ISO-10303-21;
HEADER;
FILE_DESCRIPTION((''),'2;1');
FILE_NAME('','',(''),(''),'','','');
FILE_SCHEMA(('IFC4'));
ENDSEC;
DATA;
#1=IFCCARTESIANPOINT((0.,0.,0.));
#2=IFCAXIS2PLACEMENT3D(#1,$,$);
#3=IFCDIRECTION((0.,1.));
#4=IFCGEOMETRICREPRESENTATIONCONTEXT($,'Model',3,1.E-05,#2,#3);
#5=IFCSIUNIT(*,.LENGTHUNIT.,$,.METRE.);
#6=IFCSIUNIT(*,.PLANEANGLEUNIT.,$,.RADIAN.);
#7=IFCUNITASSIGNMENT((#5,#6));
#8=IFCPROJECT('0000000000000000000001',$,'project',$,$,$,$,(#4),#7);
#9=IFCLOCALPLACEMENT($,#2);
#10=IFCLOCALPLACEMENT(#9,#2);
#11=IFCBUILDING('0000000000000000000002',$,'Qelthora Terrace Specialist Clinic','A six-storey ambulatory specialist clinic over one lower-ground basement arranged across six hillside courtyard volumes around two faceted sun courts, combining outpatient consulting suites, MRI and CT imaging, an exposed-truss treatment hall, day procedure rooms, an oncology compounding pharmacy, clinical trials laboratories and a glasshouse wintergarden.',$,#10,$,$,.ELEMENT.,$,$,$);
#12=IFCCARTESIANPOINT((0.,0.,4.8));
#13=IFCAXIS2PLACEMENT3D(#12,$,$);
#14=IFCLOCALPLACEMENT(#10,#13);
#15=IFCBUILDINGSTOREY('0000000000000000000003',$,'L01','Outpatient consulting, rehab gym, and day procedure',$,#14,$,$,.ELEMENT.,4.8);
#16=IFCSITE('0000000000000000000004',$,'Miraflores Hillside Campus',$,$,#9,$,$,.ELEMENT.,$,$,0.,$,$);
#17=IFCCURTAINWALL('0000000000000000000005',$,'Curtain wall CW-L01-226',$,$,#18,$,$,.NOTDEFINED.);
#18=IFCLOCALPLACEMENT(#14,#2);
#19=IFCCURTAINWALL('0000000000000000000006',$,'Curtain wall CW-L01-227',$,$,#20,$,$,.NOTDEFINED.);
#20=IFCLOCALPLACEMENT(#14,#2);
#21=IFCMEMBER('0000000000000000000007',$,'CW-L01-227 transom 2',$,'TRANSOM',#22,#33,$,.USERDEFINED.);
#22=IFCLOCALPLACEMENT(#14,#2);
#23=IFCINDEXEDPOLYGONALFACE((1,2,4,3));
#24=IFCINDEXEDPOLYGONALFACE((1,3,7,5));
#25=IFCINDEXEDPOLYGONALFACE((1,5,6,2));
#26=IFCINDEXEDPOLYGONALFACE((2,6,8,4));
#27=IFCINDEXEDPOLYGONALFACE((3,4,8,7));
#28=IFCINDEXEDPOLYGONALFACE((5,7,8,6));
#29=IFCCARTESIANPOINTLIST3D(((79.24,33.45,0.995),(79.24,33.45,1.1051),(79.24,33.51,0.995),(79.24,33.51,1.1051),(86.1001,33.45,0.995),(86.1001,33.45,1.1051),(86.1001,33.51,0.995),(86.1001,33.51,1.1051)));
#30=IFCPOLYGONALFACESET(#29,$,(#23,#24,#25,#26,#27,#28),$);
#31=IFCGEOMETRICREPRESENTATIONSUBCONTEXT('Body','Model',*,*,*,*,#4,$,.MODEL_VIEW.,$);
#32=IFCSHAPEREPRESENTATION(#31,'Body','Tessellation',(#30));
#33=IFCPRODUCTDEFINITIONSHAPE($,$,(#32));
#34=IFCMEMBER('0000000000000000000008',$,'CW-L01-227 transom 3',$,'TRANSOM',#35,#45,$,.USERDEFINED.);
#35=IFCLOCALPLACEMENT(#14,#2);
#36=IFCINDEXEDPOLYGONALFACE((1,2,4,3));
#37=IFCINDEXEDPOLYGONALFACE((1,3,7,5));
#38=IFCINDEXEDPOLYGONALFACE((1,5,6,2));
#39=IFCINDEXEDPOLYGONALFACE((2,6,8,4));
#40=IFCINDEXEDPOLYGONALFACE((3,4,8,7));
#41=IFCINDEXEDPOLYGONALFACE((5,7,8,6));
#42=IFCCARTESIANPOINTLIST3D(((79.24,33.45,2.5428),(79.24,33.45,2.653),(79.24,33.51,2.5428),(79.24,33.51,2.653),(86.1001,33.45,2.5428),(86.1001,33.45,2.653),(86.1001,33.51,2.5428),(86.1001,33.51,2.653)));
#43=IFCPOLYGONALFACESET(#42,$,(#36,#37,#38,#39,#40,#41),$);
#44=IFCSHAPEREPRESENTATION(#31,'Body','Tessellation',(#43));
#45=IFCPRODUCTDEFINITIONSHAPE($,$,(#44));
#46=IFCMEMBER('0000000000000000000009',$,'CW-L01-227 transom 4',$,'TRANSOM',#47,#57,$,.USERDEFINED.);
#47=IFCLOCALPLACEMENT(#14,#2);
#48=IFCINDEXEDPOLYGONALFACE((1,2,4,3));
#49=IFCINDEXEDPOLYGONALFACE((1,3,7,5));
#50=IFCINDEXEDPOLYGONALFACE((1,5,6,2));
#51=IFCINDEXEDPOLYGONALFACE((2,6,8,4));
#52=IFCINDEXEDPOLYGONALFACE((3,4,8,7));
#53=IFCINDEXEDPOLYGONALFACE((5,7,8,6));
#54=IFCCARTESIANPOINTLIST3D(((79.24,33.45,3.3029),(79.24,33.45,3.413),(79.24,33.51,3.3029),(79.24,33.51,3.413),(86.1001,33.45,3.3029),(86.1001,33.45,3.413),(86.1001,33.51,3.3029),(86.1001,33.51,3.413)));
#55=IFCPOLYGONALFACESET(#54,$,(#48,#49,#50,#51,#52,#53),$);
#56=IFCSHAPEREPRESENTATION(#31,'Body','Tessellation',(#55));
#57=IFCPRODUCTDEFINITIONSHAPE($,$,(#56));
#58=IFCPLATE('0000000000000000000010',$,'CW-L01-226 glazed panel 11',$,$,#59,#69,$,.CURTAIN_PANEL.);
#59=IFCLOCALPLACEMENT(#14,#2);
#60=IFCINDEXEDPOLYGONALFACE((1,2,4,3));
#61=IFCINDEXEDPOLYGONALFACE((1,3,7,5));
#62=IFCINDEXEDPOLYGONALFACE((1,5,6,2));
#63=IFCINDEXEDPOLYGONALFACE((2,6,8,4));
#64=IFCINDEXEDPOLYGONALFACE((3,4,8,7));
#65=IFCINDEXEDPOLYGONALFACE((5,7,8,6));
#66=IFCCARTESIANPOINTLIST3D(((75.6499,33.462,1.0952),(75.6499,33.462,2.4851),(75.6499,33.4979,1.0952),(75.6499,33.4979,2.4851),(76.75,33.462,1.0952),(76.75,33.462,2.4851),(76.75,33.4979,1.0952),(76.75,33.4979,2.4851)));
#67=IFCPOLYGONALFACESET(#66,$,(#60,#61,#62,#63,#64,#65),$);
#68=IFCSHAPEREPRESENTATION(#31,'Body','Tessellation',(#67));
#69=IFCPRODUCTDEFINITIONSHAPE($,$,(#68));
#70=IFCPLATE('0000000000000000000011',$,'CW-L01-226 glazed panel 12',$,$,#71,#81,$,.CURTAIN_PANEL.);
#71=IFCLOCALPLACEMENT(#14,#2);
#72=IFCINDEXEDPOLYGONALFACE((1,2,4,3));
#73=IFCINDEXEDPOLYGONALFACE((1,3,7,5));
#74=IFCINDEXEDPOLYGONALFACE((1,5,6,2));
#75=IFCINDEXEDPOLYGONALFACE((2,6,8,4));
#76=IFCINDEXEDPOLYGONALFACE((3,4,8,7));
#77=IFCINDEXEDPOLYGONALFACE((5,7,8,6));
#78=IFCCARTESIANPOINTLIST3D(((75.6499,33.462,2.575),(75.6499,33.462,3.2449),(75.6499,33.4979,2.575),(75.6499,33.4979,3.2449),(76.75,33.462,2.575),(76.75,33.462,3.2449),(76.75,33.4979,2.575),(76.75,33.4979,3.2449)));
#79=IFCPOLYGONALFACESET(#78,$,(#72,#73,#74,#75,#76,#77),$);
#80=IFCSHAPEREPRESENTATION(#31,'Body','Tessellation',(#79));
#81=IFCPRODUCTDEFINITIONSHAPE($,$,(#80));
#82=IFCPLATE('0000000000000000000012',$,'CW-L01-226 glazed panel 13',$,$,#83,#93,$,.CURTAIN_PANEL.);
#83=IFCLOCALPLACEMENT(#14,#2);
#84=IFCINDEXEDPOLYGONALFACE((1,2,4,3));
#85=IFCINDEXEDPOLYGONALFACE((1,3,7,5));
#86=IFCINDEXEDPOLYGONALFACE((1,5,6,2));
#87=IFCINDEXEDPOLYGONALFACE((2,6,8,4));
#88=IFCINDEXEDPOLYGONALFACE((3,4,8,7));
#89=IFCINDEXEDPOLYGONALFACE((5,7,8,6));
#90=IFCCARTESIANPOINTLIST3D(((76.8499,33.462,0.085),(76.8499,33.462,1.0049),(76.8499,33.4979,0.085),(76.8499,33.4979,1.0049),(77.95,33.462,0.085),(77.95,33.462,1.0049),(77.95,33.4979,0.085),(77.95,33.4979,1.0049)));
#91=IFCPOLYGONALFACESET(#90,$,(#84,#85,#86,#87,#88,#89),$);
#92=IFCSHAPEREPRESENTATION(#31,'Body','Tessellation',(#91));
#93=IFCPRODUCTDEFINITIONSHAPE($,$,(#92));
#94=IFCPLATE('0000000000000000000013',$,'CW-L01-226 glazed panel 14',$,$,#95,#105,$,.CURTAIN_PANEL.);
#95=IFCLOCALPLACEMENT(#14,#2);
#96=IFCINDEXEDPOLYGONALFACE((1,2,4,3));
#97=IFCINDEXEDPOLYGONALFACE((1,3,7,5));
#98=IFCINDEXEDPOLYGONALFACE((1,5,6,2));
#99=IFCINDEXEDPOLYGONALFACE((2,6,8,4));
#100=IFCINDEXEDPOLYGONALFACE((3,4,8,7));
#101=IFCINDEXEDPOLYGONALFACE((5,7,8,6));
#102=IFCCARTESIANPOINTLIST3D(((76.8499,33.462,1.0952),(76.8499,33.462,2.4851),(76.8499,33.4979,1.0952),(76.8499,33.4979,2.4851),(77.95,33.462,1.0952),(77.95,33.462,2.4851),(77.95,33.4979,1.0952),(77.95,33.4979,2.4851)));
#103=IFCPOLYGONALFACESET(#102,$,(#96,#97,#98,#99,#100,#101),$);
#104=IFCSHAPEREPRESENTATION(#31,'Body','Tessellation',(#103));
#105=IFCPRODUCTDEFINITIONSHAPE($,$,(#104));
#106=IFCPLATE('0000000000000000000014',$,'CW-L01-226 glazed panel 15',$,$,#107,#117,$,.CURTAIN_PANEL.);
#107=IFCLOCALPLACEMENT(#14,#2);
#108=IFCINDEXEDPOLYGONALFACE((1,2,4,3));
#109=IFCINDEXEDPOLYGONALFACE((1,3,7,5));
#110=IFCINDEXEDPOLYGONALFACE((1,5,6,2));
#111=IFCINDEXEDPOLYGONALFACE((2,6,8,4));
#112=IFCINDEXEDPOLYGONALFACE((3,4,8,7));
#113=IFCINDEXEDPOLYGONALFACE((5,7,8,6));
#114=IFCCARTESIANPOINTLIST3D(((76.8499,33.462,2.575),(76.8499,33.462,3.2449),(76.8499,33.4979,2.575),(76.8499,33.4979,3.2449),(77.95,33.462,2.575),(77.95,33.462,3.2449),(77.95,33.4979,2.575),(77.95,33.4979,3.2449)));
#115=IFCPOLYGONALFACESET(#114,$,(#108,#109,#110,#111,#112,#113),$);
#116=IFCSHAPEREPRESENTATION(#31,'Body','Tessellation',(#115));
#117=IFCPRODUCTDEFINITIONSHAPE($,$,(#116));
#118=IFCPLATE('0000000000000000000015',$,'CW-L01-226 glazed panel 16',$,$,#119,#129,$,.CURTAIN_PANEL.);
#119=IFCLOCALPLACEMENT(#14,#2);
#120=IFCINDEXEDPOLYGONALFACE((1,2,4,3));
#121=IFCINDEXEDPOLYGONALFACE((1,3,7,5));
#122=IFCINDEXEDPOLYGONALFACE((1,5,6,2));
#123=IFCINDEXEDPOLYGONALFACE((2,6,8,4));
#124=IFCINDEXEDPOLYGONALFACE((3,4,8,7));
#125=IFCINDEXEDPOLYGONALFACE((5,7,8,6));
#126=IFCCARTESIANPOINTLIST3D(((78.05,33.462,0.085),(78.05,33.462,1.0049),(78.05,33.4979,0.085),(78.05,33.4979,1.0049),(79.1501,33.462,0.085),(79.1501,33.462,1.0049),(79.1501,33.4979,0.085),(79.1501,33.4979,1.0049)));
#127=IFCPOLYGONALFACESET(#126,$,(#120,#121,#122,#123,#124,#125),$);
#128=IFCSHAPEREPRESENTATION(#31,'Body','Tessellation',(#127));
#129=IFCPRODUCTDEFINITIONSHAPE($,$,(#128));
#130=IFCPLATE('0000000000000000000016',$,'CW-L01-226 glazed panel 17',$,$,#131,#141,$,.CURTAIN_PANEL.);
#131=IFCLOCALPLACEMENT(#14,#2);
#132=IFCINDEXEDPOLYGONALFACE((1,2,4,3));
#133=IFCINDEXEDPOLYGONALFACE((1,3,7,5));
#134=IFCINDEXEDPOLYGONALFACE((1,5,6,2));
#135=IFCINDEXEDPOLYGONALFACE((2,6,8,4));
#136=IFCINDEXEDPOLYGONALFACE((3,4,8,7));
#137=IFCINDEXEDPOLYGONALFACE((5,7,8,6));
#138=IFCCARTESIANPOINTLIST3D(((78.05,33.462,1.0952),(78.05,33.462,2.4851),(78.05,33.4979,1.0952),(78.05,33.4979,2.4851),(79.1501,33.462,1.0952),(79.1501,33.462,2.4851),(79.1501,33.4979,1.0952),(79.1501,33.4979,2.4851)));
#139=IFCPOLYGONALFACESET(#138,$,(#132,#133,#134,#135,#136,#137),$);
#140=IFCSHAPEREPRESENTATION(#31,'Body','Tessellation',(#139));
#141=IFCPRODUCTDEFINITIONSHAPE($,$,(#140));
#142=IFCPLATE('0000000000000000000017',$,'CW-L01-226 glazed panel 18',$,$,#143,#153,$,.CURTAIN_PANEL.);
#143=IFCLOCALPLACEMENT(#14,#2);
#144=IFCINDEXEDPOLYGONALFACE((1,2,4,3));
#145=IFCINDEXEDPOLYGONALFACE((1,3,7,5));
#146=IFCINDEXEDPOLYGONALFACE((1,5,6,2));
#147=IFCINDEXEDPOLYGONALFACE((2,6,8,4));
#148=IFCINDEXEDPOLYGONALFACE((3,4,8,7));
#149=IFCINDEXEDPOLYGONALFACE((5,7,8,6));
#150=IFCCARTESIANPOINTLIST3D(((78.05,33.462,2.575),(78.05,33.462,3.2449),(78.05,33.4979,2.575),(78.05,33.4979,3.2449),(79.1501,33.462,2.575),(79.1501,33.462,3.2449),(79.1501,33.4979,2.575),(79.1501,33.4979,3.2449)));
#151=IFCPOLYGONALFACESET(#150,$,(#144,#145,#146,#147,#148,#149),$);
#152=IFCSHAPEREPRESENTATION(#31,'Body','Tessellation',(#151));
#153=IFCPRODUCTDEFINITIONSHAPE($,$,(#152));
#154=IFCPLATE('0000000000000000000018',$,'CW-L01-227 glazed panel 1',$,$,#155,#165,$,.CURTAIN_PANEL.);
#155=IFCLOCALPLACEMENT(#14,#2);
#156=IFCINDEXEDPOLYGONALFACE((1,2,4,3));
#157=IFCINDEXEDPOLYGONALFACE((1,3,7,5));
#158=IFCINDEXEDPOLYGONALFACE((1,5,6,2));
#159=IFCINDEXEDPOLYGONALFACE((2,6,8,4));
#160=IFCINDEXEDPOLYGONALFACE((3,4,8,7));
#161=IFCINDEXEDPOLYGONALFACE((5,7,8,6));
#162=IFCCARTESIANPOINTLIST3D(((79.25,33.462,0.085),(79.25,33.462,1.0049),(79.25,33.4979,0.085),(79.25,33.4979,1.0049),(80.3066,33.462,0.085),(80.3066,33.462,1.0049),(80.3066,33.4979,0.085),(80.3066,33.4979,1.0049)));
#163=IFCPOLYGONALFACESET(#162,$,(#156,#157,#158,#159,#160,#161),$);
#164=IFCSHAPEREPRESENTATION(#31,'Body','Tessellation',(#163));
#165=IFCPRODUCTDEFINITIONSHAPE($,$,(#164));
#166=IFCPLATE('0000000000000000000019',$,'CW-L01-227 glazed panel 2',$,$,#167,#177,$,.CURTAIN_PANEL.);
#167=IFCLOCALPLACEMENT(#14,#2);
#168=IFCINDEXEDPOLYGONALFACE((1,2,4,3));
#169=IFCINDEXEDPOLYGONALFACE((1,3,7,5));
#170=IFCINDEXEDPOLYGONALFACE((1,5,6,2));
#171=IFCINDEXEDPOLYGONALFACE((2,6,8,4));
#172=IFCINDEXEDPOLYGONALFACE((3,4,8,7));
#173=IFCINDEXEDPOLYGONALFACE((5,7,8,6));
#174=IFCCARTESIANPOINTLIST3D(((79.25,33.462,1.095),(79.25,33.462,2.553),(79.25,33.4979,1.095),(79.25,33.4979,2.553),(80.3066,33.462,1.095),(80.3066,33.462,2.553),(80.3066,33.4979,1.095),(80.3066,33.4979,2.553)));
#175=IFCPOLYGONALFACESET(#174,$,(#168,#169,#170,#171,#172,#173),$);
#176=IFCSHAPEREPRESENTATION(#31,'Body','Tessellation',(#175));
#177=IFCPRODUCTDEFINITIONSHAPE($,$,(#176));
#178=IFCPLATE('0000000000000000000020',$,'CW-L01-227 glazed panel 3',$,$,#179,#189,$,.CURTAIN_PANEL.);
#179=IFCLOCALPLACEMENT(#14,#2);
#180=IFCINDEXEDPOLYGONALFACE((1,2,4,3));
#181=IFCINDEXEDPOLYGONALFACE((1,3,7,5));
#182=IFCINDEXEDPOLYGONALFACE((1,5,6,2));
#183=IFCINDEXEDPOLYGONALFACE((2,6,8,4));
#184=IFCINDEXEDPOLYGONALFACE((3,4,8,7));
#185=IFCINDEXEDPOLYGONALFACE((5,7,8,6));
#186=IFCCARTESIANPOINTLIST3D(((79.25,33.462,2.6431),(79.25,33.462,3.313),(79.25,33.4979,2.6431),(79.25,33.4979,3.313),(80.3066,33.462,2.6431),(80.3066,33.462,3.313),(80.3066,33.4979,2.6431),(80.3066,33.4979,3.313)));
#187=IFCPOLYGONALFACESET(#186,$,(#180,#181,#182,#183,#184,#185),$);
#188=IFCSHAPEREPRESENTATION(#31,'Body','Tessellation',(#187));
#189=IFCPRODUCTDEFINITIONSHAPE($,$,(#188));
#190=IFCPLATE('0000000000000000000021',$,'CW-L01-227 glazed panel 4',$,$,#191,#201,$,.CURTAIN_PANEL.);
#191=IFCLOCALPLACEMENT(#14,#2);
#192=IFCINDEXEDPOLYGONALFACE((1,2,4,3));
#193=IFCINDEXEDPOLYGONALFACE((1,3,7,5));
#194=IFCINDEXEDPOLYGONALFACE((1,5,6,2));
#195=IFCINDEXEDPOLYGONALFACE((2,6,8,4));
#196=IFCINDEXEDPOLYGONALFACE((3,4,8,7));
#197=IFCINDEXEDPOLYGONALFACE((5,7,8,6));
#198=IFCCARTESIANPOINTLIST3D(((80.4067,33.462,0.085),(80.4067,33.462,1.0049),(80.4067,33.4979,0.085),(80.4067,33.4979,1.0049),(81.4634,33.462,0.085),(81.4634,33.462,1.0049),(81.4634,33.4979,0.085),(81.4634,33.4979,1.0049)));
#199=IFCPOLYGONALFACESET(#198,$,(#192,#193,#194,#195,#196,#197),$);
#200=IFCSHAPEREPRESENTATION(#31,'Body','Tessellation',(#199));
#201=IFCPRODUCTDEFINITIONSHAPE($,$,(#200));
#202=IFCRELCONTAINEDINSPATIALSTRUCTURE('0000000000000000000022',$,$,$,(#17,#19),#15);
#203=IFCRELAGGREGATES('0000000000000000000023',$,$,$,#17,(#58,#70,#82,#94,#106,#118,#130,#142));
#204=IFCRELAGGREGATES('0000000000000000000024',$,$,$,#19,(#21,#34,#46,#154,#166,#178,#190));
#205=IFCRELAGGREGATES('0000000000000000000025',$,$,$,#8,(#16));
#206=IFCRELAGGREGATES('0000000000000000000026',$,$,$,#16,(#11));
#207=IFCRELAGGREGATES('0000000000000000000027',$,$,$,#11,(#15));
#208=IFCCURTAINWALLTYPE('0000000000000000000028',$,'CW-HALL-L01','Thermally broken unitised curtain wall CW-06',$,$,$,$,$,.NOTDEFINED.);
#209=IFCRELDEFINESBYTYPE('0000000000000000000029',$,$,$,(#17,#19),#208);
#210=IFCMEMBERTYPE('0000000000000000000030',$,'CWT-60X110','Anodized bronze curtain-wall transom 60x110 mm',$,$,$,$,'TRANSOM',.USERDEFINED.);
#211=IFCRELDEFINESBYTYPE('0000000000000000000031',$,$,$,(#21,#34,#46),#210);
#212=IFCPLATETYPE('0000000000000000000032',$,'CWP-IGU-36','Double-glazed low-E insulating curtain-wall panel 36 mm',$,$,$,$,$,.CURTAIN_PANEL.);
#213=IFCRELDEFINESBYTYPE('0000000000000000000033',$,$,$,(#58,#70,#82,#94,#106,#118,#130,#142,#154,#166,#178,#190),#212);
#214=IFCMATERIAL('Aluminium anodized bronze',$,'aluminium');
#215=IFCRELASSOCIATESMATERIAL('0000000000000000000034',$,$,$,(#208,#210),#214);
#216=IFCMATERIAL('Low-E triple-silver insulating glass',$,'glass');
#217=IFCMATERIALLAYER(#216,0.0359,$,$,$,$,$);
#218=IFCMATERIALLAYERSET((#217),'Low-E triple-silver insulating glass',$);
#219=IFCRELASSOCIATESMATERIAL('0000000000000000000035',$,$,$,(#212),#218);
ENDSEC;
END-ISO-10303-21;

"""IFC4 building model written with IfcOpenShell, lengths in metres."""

from ifc_helpers import new_model, si_unit, direction, frame, origin, origin_2d, place, context, subcontext, project, spatial, rectangle, extrude, material, layer, layer_set, material_profile, profile_set, type_object, element, aggregate, save


model = new_model("IFC4")

# Units and contexts
model_context = context("Model", 3, precision=1e-05, world=origin(), true_north=direction((0.0, 1.0)))
body_context = subcontext(model_context, "Body", "Model", "MODEL_VIEW")
ifc_project = project(units=[si_unit("LENGTHUNIT", "METRE"), si_unit("PLANEANGLEUNIT", "RADIAN")], contexts=[model_context])

# Site, building, storey
site_placement = place(None, origin())
site = spatial("IfcSite", under=ifc_project, at=site_placement, Name="Miraflores Hillside Campus", CompositionType="ELEMENT", RefElevation=0.0)
building_placement = place(site_placement, origin())
building = spatial("IfcBuilding", under=site, at=building_placement, Name="Qelthora Terrace Specialist Clinic", Description="A six-storey ambulatory specialist clinic over one lower-ground basement arranged across six hillside courtyard volumes around two faceted sun courts, combining outpatient consulting suites, MRI and CT imaging, an exposed-truss treatment hall, day procedure rooms, an oncology compounding pharmacy, clinical trials laboratories and a glasshouse wintergarden.", CompositionType="ELEMENT")
storey_placement = place(building_placement, frame((0.0, 0.0, 4.8)))
storey = spatial("IfcBuildingStorey", under=building, at=storey_placement, Name="L01", Description="Outpatient consulting, rehab gym, and day procedure", CompositionType="ELEMENT", Elevation=4.8)

# Curtain walls, members
ifc_material_1 = material(Name="Aluminium anodized bronze", Category="aluminium")
curtain_wall_type = type_object("IfcCurtainWallType", Name="CW-HALL-L01", Description="Thermally broken unitised curtain wall CW-06", PredefinedType="NOTDEFINED", material=ifc_material_1)
curtain_wall_1_placement = place(storey_placement, origin())
curtain_wall_1 = element("IfcCurtainWall", 1, at=curtain_wall_1_placement, inside=storey, type_object=curtain_wall_type, Name="Curtain wall CW-L01-226", PredefinedType="NOTDEFINED")
curtain_wall_2_placement = place(storey_placement, origin())
curtain_wall_2 = element("IfcCurtainWall", 2, at=curtain_wall_2_placement, inside=storey, type_object=curtain_wall_type, Name="Curtain wall CW-L01-227", PredefinedType="NOTDEFINED")
ifc_material_profile_1 = material_profile(ifc_material_1, rectangle(XDim=0.0601, YDim=0.1101, at=origin_2d()), Name="CWT60X110")
ifc_profile_set_1 = profile_set([ifc_material_profile_1], Name="Aluminium anodized bronze")
member_type_1 = type_object("IfcMemberType", Name="CWT-60X110", Description="Anodized bronze curtain-wall transom 60x110 mm", ElementType="TRANSOM", PredefinedType="USERDEFINED", material=ifc_profile_set_1)
member_1_placement = place(storey_placement, frame((79.24, 33.48, 1.05), z_axis=(1.0, 0.0, 0.0), x_axis=(0.0, 1.0, 0.0)))
member_1 = element("IfcMember", 3, at=member_1_placement, type_object=member_type_1, Name="CW-L01-227 transom 2", ObjectType="TRANSOM", PredefinedType="USERDEFINED", context=body_context, shape_type="SweptSolid", body=[
    extrude(rectangle(XDim=0.0601, YDim=0.1101, at=origin_2d()), origin(), (0.0, 0.0, 1.0), 6.8601),
])
member_2_placement = place(storey_placement, frame((79.24, 33.48, 2.5979), z_axis=(1.0, 0.0, 0.0), x_axis=(0.0, 1.0, 0.0)))
member_2 = element("IfcMember", 4, at=member_2_placement, type_object=member_type_1, Name="CW-L01-227 transom 3", ObjectType="TRANSOM", PredefinedType="USERDEFINED", context=body_context, shape_type="SweptSolid", body=[
    extrude(rectangle(XDim=0.0601, YDim=0.1101, at=origin_2d()), origin(), (0.0, 0.0, 1.0), 6.8601),
])
member_3_placement = place(storey_placement, frame((79.24, 33.48, 3.3579), z_axis=(1.0, 0.0, 0.0), x_axis=(0.0, 1.0, 0.0)))
member_3 = element("IfcMember", 5, at=member_3_placement, type_object=member_type_1, Name="CW-L01-227 transom 4", ObjectType="TRANSOM", PredefinedType="USERDEFINED", context=body_context, shape_type="SweptSolid", body=[
    extrude(rectangle(XDim=0.0601, YDim=0.1101, at=origin_2d()), origin(), (0.0, 0.0, 1.0), 6.8601),
])

# Plates
ifc_material_2 = material(Name="Low-E triple-silver insulating glass", Category="glass")
ifc_layer = layer(ifc_material_2, 0.0359)
ifc_layer_set = layer_set([ifc_layer], Name="Low-E triple-silver insulating glass")
plate_type = type_object("IfcPlateType", Name="CWP-IGU-36", Description="Double-glazed low-E insulating curtain-wall panel 36 mm", PredefinedType="CURTAIN_PANEL", material=ifc_layer_set)
plate_1_placement = place(storey_placement, frame((76.2, 33.48, 1.0952), z_axis=(0.0, 0.0, 1.0), x_axis=(1.0, 0.0, 0.0)))
plate_1 = element("IfcPlate", 6, at=plate_1_placement, type_object=plate_type, Name="CW-L01-226 glazed panel 11", PredefinedType="CURTAIN_PANEL", context=body_context, shape_type="SweptSolid", body=[
    extrude(rectangle(XDim=1.1001, YDim=0.0359, at=origin_2d()), origin(), (0.0, 0.0, 1.0), 1.3899),
])
plate_2_placement = place(storey_placement, frame((76.2, 33.48, 2.575), z_axis=(0.0, 0.0, 1.0), x_axis=(1.0, 0.0, 0.0)))
plate_2 = element("IfcPlate", 7, at=plate_2_placement, type_object=plate_type, Name="CW-L01-226 glazed panel 12", PredefinedType="CURTAIN_PANEL", context=body_context, shape_type="SweptSolid", body=[
    extrude(rectangle(XDim=1.1001, YDim=0.0359, at=origin_2d()), origin(), (0.0, 0.0, 1.0), 0.6699),
])
plate_3_placement = place(storey_placement, frame((77.3999, 33.48, 0.085), z_axis=(0.0, 0.0, 1.0), x_axis=(1.0, 0.0, 0.0)))
plate_3 = element("IfcPlate", 8, at=plate_3_placement, type_object=plate_type, Name="CW-L01-226 glazed panel 13", PredefinedType="CURTAIN_PANEL", context=body_context, shape_type="SweptSolid", body=[
    extrude(rectangle(XDim=1.1001, YDim=0.0359, at=origin_2d()), origin(), (0.0, 0.0, 1.0), 0.9199),
])
plate_4_placement = place(storey_placement, frame((77.3999, 33.48, 1.0952), z_axis=(0.0, 0.0, 1.0), x_axis=(1.0, 0.0, 0.0)))
plate_4 = element("IfcPlate", 9, at=plate_4_placement, type_object=plate_type, Name="CW-L01-226 glazed panel 14", PredefinedType="CURTAIN_PANEL", context=body_context, shape_type="SweptSolid", body=[
    extrude(rectangle(XDim=1.1001, YDim=0.0359, at=origin_2d()), origin(), (0.0, 0.0, 1.0), 1.3899),
])
plate_5_placement = place(storey_placement, frame((77.3999, 33.48, 2.575), z_axis=(0.0, 0.0, 1.0), x_axis=(1.0, 0.0, 0.0)))
plate_5 = element("IfcPlate", 10, at=plate_5_placement, type_object=plate_type, Name="CW-L01-226 glazed panel 15", PredefinedType="CURTAIN_PANEL", context=body_context, shape_type="SweptSolid", body=[
    extrude(rectangle(XDim=1.1001, YDim=0.0359, at=origin_2d()), origin(), (0.0, 0.0, 1.0), 0.6699),
])
plate_6_placement = place(storey_placement, frame((78.6001, 33.48, 0.085), z_axis=(0.0, 0.0, 1.0), x_axis=(1.0, 0.0, 0.0)))
plate_6 = element("IfcPlate", 11, at=plate_6_placement, type_object=plate_type, Name="CW-L01-226 glazed panel 16", PredefinedType="CURTAIN_PANEL", context=body_context, shape_type="SweptSolid", body=[
    extrude(rectangle(XDim=1.1001, YDim=0.0359, at=origin_2d()), origin(), (0.0, 0.0, 1.0), 0.9199),
])
plate_7_placement = place(storey_placement, frame((78.6001, 33.48, 1.0952), z_axis=(0.0, 0.0, 1.0), x_axis=(1.0, 0.0, 0.0)))
plate_7 = element("IfcPlate", 12, at=plate_7_placement, type_object=plate_type, Name="CW-L01-226 glazed panel 17", PredefinedType="CURTAIN_PANEL", context=body_context, shape_type="SweptSolid", body=[
    extrude(rectangle(XDim=1.1001, YDim=0.0359, at=origin_2d()), origin(), (0.0, 0.0, 1.0), 1.3899),
])
plate_8_placement = place(storey_placement, frame((78.6001, 33.48, 2.575), z_axis=(0.0, 0.0, 1.0), x_axis=(1.0, 0.0, 0.0)))
plate_8 = element("IfcPlate", 13, at=plate_8_placement, type_object=plate_type, Name="CW-L01-226 glazed panel 18", PredefinedType="CURTAIN_PANEL", context=body_context, shape_type="SweptSolid", body=[
    extrude(rectangle(XDim=1.1001, YDim=0.0359, at=origin_2d()), origin(), (0.0, 0.0, 1.0), 0.6699),
])
aggregate(curtain_wall_1, [plate_1, plate_2, plate_3, plate_4, plate_5, plate_6, plate_7, plate_8])
plate_9_placement = place(storey_placement, frame((79.7783, 33.48, 0.085), z_axis=(0.0, 0.0, 1.0), x_axis=(1.0, 0.0, 0.0)))
plate_9 = element("IfcPlate", 14, at=plate_9_placement, type_object=plate_type, Name="CW-L01-227 glazed panel 1", PredefinedType="CURTAIN_PANEL", context=body_context, shape_type="SweptSolid", body=[
    extrude(rectangle(XDim=1.0566, YDim=0.0359, at=origin_2d()), origin(), (0.0, 0.0, 1.0), 0.9199),
])
plate_10_placement = place(storey_placement, frame((79.7783, 33.48, 1.095), z_axis=(0.0, 0.0, 1.0), x_axis=(1.0, 0.0, 0.0)))
plate_10 = element("IfcPlate", 15, at=plate_10_placement, type_object=plate_type, Name="CW-L01-227 glazed panel 2", PredefinedType="CURTAIN_PANEL", context=body_context, shape_type="SweptSolid", body=[
    extrude(rectangle(XDim=1.0566, YDim=0.0359, at=origin_2d()), origin(), (0.0, 0.0, 1.0), 1.458),
])
plate_11_placement = place(storey_placement, frame((79.7783, 33.48, 2.6431), z_axis=(0.0, 0.0, 1.0), x_axis=(1.0, 0.0, 0.0)))
plate_11 = element("IfcPlate", 16, at=plate_11_placement, type_object=plate_type, Name="CW-L01-227 glazed panel 3", PredefinedType="CURTAIN_PANEL", context=body_context, shape_type="SweptSolid", body=[
    extrude(rectangle(XDim=1.0566, YDim=0.0359, at=origin_2d()), origin(), (0.0, 0.0, 1.0), 0.6699),
])
plate_12_placement = place(storey_placement, frame((80.9351, 33.48, 0.085), z_axis=(0.0, 0.0, 1.0), x_axis=(1.0, 0.0, 0.0)))
plate_12 = element("IfcPlate", 17, at=plate_12_placement, type_object=plate_type, Name="CW-L01-227 glazed panel 4", PredefinedType="CURTAIN_PANEL", context=body_context, shape_type="SweptSolid", body=[
    extrude(rectangle(XDim=1.0566, YDim=0.0359, at=origin_2d()), origin(), (0.0, 0.0, 1.0), 0.9199),
])
aggregate(curtain_wall_2, [member_1, member_2, member_3, plate_9, plate_10, plate_11, plate_12])

save(model, "model.ifc")
